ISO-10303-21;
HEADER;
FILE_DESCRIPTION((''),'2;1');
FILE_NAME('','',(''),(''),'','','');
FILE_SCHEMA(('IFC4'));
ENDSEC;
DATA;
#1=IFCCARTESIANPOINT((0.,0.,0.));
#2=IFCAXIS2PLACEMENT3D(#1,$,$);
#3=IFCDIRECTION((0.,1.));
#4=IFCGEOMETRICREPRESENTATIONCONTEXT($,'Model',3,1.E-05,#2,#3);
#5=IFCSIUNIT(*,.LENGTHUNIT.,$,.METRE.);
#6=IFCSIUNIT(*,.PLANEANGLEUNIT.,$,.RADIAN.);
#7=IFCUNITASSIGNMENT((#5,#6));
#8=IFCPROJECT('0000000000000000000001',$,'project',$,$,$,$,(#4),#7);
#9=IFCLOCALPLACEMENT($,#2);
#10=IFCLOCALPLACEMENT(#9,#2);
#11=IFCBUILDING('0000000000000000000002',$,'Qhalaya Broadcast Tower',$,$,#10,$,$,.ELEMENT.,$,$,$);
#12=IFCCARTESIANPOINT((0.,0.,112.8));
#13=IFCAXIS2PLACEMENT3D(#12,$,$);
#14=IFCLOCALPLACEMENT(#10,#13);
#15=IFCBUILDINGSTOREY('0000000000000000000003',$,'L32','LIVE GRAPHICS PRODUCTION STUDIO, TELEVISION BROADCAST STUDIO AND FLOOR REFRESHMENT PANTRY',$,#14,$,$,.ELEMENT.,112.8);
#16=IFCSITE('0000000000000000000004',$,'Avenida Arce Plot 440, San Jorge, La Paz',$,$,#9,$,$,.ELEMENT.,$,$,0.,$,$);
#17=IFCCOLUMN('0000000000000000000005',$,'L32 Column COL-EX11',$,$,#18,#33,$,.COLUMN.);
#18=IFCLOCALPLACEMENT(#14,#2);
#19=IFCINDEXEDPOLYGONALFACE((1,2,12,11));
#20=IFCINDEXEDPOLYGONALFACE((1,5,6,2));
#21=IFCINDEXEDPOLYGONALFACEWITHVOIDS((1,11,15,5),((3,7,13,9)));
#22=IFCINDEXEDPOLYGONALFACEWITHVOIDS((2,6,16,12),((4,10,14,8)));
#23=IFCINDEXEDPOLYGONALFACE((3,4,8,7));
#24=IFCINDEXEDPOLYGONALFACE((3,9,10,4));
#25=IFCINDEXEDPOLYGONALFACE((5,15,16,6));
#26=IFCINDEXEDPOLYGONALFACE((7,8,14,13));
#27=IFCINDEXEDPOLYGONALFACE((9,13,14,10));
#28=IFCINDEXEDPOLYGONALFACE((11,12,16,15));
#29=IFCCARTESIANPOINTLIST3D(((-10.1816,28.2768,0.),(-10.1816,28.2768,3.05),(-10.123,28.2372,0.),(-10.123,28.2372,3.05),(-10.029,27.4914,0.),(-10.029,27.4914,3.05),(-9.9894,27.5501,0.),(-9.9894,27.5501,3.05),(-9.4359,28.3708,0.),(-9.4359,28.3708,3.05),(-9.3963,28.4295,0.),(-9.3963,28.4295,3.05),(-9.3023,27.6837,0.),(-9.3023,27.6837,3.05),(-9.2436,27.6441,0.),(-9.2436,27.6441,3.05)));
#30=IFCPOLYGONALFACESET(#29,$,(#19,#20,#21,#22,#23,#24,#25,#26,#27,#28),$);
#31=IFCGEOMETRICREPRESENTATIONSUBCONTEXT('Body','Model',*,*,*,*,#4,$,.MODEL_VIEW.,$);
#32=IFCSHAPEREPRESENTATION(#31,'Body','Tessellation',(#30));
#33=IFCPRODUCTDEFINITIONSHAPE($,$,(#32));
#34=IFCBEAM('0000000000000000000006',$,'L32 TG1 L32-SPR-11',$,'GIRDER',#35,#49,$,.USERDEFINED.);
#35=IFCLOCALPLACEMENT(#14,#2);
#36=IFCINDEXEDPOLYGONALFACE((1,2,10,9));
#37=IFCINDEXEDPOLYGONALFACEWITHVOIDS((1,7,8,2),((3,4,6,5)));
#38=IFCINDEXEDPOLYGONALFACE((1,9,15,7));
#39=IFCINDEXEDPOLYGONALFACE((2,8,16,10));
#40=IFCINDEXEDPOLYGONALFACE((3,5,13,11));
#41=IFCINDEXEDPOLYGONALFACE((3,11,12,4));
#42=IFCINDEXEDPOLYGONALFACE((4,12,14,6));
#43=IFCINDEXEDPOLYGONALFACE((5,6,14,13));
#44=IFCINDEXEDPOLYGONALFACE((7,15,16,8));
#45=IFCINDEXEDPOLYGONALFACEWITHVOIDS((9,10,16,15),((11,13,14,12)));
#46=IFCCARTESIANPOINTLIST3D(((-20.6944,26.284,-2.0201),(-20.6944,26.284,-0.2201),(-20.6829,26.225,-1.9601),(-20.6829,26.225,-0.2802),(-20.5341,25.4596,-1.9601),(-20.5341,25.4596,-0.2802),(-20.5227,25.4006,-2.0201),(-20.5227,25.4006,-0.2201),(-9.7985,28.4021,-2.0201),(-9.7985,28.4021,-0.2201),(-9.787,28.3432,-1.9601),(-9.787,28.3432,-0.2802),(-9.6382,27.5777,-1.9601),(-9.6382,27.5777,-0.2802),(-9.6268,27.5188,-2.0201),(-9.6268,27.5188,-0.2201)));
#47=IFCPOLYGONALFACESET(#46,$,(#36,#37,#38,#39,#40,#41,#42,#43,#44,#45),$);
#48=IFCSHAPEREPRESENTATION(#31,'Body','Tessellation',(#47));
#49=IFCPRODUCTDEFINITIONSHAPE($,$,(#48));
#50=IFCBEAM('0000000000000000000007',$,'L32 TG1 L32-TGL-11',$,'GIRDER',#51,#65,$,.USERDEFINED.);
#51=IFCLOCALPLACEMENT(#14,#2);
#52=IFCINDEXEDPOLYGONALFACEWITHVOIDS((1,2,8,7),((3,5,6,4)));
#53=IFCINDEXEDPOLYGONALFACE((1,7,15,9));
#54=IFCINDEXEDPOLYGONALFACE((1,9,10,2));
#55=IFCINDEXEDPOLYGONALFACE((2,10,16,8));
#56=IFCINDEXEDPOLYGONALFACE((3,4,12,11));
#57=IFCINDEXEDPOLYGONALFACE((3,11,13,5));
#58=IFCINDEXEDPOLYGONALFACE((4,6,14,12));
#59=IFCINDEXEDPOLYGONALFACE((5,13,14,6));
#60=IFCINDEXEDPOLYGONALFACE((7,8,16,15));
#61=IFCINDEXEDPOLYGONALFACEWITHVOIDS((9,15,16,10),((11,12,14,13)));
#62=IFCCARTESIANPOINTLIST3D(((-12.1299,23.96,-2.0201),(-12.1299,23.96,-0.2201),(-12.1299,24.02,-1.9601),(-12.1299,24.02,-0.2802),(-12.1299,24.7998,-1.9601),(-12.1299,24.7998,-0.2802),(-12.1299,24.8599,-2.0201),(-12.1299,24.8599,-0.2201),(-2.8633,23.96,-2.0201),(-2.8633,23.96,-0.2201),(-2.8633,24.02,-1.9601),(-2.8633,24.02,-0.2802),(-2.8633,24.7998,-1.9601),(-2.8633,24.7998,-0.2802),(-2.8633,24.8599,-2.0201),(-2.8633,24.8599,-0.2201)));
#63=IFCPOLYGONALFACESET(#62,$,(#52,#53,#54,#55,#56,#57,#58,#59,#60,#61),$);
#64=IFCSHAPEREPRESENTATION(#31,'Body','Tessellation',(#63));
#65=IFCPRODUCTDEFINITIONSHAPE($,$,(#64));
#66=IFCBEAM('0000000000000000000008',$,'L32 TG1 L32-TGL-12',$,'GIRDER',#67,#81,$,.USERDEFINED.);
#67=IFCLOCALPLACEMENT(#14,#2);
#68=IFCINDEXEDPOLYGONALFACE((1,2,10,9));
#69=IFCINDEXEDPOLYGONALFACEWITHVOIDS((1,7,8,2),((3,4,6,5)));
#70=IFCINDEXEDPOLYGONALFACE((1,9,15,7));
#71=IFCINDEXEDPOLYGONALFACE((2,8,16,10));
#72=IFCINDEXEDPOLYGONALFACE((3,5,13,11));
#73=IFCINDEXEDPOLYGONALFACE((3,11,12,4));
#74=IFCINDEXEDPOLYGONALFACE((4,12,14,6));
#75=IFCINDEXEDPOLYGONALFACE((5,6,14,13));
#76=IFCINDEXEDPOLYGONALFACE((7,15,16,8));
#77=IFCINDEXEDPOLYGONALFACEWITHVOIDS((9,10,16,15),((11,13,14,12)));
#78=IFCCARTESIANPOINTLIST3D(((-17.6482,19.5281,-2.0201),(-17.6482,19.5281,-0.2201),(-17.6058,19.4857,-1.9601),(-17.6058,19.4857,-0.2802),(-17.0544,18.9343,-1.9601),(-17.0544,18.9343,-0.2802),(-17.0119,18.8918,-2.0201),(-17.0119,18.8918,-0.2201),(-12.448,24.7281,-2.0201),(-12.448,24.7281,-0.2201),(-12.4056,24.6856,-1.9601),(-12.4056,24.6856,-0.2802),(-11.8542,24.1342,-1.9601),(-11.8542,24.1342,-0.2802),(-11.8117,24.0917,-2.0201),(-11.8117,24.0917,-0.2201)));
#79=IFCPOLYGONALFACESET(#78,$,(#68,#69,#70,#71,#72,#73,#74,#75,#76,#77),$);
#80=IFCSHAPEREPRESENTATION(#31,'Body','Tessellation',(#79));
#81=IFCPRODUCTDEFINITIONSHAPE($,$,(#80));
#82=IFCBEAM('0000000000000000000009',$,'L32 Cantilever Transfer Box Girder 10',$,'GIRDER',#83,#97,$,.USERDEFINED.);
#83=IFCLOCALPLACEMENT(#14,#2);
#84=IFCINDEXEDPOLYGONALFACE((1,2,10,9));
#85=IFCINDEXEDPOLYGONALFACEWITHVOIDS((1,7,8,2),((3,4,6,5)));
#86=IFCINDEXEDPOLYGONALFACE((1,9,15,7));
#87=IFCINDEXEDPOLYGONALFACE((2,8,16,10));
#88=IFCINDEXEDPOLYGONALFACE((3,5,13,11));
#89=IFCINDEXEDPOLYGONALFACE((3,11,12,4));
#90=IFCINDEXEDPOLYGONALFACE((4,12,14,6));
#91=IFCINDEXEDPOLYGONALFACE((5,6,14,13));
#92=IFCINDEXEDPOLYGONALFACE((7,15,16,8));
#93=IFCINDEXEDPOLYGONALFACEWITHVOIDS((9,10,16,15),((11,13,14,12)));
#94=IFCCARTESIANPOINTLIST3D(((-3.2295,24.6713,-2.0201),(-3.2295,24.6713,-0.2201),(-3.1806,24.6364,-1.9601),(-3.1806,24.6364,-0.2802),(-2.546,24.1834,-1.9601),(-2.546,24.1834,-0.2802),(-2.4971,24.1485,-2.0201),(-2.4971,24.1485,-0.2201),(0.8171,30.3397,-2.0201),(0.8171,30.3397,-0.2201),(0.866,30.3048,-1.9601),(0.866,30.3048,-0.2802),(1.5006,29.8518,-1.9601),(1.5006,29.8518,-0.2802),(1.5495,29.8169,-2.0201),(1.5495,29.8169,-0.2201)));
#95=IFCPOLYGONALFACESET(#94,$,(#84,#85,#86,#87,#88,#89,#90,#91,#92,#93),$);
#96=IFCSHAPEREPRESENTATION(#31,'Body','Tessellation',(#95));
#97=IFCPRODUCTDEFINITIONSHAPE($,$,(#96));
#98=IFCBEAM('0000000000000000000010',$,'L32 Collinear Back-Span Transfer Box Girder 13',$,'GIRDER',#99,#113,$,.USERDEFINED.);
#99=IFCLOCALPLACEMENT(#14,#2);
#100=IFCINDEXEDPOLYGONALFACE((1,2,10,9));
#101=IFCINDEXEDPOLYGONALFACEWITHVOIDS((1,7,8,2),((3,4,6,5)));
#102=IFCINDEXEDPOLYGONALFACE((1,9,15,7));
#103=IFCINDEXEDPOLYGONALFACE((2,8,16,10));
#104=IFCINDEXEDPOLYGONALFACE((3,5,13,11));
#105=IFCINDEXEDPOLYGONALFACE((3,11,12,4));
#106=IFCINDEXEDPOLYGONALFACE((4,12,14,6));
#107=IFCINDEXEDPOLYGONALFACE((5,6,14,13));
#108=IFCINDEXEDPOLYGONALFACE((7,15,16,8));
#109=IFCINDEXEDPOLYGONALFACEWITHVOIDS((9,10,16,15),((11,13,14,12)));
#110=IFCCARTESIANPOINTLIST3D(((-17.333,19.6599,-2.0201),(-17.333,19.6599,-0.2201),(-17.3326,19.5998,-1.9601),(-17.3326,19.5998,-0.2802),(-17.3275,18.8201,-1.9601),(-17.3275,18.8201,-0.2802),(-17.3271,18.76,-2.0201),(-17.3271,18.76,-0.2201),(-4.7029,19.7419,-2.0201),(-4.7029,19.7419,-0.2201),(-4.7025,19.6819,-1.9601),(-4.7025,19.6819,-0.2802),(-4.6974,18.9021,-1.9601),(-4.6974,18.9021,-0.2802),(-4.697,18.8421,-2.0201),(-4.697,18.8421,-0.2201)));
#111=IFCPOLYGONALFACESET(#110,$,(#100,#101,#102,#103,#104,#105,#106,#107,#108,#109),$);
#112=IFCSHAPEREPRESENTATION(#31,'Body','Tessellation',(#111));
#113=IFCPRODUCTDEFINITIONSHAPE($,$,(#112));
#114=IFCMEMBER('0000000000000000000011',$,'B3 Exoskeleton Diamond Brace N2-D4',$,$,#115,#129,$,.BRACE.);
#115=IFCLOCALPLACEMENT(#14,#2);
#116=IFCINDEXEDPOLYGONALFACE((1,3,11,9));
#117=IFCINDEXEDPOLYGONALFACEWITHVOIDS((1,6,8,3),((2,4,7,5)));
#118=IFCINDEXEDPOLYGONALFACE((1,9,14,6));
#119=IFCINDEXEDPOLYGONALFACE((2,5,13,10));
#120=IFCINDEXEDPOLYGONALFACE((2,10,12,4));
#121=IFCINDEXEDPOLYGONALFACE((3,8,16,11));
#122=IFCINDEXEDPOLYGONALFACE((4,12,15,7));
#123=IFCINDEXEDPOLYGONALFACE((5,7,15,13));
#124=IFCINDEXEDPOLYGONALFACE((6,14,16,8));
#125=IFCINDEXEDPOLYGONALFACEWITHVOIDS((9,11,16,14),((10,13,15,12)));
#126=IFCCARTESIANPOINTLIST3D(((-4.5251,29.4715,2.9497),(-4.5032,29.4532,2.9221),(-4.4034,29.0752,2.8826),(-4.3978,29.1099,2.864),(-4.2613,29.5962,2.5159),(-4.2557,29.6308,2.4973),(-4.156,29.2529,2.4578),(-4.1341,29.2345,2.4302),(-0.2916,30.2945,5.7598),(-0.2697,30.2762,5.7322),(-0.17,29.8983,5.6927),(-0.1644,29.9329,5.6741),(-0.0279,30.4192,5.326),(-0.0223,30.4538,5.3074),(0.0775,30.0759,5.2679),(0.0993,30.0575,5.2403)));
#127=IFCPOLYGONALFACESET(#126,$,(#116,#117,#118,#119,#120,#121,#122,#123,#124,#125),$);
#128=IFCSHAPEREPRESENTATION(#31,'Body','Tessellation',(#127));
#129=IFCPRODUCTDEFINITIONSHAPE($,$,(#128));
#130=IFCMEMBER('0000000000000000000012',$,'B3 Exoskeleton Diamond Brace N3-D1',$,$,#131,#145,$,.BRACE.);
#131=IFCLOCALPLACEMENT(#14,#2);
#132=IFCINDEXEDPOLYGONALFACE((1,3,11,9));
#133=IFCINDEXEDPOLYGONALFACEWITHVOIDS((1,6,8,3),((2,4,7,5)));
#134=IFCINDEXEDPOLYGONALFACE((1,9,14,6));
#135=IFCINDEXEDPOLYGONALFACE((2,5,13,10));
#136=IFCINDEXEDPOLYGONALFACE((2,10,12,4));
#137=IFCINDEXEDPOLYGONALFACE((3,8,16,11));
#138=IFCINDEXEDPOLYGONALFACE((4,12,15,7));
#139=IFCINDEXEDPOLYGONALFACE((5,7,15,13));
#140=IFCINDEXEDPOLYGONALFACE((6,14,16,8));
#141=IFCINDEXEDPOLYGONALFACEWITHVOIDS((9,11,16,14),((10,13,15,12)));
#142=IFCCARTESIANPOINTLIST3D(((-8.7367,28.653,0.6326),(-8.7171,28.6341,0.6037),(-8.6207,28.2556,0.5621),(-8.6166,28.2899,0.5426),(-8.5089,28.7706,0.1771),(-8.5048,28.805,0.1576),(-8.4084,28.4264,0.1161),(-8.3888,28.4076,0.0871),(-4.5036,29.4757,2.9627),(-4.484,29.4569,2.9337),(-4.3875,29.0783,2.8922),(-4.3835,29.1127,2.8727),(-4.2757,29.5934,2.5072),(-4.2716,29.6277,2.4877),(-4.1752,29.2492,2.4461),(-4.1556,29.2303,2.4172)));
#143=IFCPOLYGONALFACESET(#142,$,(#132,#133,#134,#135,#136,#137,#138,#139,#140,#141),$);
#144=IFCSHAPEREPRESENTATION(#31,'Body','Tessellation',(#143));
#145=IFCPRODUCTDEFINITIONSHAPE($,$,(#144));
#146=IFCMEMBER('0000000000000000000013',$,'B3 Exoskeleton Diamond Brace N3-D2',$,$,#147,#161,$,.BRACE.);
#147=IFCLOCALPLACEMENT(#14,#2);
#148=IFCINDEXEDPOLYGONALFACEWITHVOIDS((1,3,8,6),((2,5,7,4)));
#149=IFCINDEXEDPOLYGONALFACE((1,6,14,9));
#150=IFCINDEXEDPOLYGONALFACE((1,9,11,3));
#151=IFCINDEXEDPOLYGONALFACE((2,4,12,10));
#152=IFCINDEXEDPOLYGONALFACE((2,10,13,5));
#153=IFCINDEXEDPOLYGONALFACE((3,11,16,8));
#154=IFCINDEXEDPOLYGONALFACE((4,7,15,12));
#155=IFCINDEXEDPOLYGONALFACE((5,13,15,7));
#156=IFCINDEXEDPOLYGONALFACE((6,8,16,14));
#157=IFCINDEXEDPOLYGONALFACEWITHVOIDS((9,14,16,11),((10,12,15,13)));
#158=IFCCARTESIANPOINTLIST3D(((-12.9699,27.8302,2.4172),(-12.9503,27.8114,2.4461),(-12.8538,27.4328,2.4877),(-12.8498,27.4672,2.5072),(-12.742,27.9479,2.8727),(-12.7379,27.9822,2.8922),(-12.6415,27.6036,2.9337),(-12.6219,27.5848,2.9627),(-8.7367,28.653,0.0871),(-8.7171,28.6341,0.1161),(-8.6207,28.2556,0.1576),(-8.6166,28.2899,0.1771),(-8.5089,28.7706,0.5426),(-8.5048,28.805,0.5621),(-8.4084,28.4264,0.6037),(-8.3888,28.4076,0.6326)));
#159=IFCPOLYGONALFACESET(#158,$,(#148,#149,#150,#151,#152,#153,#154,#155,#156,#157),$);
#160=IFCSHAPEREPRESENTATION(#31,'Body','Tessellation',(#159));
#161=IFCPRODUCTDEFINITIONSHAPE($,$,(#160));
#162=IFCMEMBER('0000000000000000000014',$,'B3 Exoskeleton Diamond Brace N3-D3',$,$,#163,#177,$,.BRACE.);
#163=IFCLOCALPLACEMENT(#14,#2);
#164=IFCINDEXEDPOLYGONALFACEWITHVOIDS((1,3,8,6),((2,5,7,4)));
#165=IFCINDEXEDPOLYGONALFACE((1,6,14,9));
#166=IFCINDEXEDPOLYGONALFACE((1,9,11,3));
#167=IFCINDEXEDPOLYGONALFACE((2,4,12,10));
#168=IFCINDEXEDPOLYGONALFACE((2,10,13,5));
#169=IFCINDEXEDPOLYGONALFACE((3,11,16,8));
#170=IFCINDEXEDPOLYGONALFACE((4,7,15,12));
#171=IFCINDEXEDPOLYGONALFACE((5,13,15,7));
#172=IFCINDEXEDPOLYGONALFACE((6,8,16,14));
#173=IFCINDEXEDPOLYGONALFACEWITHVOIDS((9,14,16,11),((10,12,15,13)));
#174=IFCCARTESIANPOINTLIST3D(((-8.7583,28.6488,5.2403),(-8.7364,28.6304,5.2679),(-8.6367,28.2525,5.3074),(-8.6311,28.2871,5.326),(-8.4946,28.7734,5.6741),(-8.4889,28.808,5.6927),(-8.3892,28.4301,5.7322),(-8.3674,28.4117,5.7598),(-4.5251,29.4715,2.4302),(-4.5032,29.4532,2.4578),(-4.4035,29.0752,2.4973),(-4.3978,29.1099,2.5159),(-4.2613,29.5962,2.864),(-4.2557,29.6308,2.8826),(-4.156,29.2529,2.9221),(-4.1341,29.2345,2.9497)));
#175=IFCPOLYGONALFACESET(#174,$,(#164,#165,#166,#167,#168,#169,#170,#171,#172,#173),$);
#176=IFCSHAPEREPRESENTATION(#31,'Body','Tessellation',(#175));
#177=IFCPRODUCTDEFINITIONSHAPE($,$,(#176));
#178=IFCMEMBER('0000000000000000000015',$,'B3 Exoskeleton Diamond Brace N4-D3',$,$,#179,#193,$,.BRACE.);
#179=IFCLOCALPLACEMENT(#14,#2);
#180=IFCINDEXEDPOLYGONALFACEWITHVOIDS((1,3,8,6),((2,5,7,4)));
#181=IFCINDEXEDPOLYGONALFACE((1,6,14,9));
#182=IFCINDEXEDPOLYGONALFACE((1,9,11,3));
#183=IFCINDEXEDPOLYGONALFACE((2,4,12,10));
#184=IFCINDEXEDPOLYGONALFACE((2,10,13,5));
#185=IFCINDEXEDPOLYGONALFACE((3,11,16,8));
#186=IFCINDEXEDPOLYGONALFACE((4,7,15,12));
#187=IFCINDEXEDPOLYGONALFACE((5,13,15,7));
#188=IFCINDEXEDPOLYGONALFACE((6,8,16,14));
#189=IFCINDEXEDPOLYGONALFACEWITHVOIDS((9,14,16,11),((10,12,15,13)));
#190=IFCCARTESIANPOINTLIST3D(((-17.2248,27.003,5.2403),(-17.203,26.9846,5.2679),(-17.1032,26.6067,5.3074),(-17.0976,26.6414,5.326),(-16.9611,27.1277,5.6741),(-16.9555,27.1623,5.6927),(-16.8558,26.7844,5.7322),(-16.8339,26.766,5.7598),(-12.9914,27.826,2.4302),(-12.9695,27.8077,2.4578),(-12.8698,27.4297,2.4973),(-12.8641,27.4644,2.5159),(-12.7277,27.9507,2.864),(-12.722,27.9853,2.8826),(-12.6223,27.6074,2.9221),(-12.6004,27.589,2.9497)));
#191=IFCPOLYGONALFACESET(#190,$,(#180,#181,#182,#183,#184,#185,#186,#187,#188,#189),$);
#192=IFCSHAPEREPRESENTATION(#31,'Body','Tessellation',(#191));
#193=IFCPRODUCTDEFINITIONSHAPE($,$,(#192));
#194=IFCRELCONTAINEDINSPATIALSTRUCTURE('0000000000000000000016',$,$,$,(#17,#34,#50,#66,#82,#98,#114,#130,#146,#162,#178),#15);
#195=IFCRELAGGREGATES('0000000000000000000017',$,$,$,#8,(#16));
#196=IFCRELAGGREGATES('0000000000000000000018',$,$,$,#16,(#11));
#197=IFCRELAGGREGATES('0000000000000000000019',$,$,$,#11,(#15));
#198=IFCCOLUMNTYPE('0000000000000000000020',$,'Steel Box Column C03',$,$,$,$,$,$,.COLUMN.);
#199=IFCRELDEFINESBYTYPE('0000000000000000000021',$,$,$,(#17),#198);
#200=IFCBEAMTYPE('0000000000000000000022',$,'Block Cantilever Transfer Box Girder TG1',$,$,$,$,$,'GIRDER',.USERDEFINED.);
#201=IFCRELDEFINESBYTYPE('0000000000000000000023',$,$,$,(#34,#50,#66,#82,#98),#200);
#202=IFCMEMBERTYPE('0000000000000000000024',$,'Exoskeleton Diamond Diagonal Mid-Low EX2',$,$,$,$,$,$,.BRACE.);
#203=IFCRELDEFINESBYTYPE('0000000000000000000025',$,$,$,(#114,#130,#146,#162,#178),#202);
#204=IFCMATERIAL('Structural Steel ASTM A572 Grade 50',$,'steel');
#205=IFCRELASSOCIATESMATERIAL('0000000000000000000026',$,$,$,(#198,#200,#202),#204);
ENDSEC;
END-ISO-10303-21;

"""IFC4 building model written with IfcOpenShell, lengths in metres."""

from ifc_helpers import new_model, si_unit, direction, frame, origin, origin_2d, place, context, subcontext, project, spatial, hollow_rectangle, extrude, material, material_profile, profile_set, type_object, element, save


model = new_model("IFC4")

# Units and contexts
model_context = context("Model", 3, precision=1e-05, world=origin(), true_north=direction((0.0, 1.0)))
body_context = subcontext(model_context, "Body", "Model", "MODEL_VIEW")
ifc_project = project(units=[si_unit("LENGTHUNIT", "METRE"), si_unit("PLANEANGLEUNIT", "RADIAN")], contexts=[model_context])

# Site, building, storey
site_placement = place(None, origin())
site = spatial("IfcSite", under=ifc_project, at=site_placement, Name="Avenida Arce Plot 440, San Jorge, La Paz", CompositionType="ELEMENT", RefElevation=0.0)
building_placement = place(site_placement, origin())
building = spatial("IfcBuilding", under=site, at=building_placement, Name="Qhalaya Broadcast Tower", CompositionType="ELEMENT")
storey_placement = place(building_placement, frame((0.0, 0.0, 112.8)))
storey = spatial("IfcBuildingStorey", under=building, at=storey_placement, Name="L32", Description="LIVE GRAPHICS PRODUCTION STUDIO, TELEVISION BROADCAST STUDIO AND FLOOR REFRESHMENT PANTRY", CompositionType="ELEMENT", Elevation=112.8)

# Column
ifc_material_1 = material(Name="Structural Steel ASTM A572 Grade 50", Category="steel")
ifc_material_profile_1 = material_profile(ifc_material_1, hollow_rectangle(XDim=0.8, YDim=0.8, WallThickness=0.05, at=origin_2d()), Name="BOX 800x800x50")
ifc_profile_set_1 = profile_set([ifc_material_profile_1], Name="Structural Steel ASTM A572 Grade 50")
column_type = type_object("IfcColumnType", Name="Steel Box Column C03", PredefinedType="COLUMN", material=ifc_profile_set_1)
column_placement = place(storey_placement, frame((-9.7126, 27.9604, 0.0), z_axis=(0.0, 0.0, 1.0), x_axis=(0.981627, 0.190809, 0.0)))
element("IfcColumn", 1, at=column_placement, inside=storey, type_object=column_type, Name="L32 Column COL-EX11", PredefinedType="COLUMN", context=body_context, shape_type="SweptSolid", body=[
    extrude(hollow_rectangle(XDim=0.8, YDim=0.8, WallThickness=0.05, at=origin_2d()), origin(), (0.0, 0.0, 1.0), 3.05),
])

# Beams
ifc_material_profile_2 = material_profile(ifc_material_1, hollow_rectangle(XDim=0.8999, YDim=1.8, WallThickness=0.0601, at=origin_2d()), Name="BOX 900x1800x60")
ifc_profile_set_2 = profile_set([ifc_material_profile_2], Name="Structural Steel ASTM A572 Grade 50")
beam_type_1 = type_object("IfcBeamType", Name="Block Cantilever Transfer Box Girder TG1", ElementType="GIRDER", PredefinedType="USERDEFINED", material=ifc_profile_set_2)
beam_1_placement = place(storey_placement, frame((-9.7126, 27.9604, -1.1201), z_axis=(-0.981624, -0.190826, 0.0), x_axis=(0.190826, -0.981624, 0.0)))
element("IfcBeam", 2, at=beam_1_placement, inside=storey, type_object=beam_type_1, Name="L32 TG1 L32-SPR-11", ObjectType="GIRDER", PredefinedType="USERDEFINED", context=body_context, shape_type="SweptSolid", body=[
    extrude(hollow_rectangle(XDim=0.8999, YDim=1.8, WallThickness=0.0601, at=origin_2d()), origin(), (0.0, 0.0, 1.0), 11.0999),
])
beam_2_placement = place(storey_placement, frame((-2.8633, 24.4099, -1.1201), z_axis=(-1.0, 0.0, 0.0), x_axis=(0.0, -1.0, 0.0)))
element("IfcBeam", 3, at=beam_2_placement, inside=storey, type_object=beam_type_1, Name="L32 TG1 L32-TGL-11", ObjectType="GIRDER", PredefinedType="USERDEFINED", context=body_context, shape_type="SweptSolid", body=[
    extrude(hollow_rectangle(XDim=0.8999, YDim=1.8, WallThickness=0.0601, at=origin_2d()), origin(), (0.0, 0.0, 1.0), 9.2666),
])
beam_3_placement = place(storey_placement, frame((-12.1299, 24.4099, -1.1201), z_axis=(-0.707123, -0.70709, 0.0), x_axis=(0.70709, -0.707123, 0.0)))
element("IfcBeam", 4, at=beam_3_placement, inside=storey, type_object=beam_type_1, Name="L32 TG1 L32-TGL-12", ObjectType="GIRDER", PredefinedType="USERDEFINED", context=body_context, shape_type="SweptSolid", body=[
    extrude(hollow_rectangle(XDim=0.8999, YDim=1.8, WallThickness=0.0601, at=origin_2d()), origin(), (0.0, 0.0, 1.0), 7.354),
])
beam_4_placement = place(storey_placement, frame((-2.8633, 24.4099, -1.1201), z_axis=(0.581023, 0.813887, 0.0), x_axis=(-0.813887, 0.581023, 0.0)))
element("IfcBeam", 5, at=beam_4_placement, inside=storey, type_object=beam_type_1, Name="L32 Cantilever Transfer Box Girder 10", ObjectType="GIRDER", PredefinedType="USERDEFINED", context=body_context, shape_type="SweptSolid", body=[
    extrude(hollow_rectangle(XDim=0.8999, YDim=1.8, WallThickness=0.0601, at=origin_2d()), origin(), (0.0, 0.0, 1.0), 6.9646),
])
beam_5_placement = place(storey_placement, frame((-4.7, 19.292, -1.1201), z_axis=(-0.999979, -0.006495, 0.0), x_axis=(0.006495, -0.999979, 0.0)))
element("IfcBeam", 6, at=beam_5_placement, inside=storey, type_object=beam_type_1, Name="L32 Collinear Back-Span Transfer Box Girder 13", ObjectType="GIRDER", PredefinedType="USERDEFINED", context=body_context, shape_type="SweptSolid", body=[
    extrude(hollow_rectangle(XDim=0.8999, YDim=1.8, WallThickness=0.0601, at=origin_2d()), origin(), (0.0, 0.0, 1.0), 12.6304),
])

# Members
ifc_material_profile_3 = material_profile(ifc_material_1, hollow_rectangle(XDim=0.4199, YDim=0.55, WallThickness=0.0281, at=origin_2d()), Name="BOX 420x550x28")
ifc_profile_set_3 = profile_set([ifc_material_profile_3], Name="Structural Steel ASTM A572 Grade 50")
member_type = type_object("IfcMemberType", Name="Exoskeleton Diamond Diagonal Mid-Low EX2", PredefinedType="BRACE", material=ifc_profile_set_3)
member_1_placement = place(storey_placement, frame((-4.3296, 29.353, 2.6899), z_axis=(0.822439, 0.159887, 0.545921), x_axis=(-0.28958, 0.943709, 0.159867)))
element("IfcMember", 7, at=member_1_placement, inside=storey, type_object=member_type, Name="B3 Exoskeleton Diamond Brace N2-D4", PredefinedType="BRACE", context=body_context, shape_type="SweptSolid", body=[
    extrude(hollow_rectangle(XDim=0.4199, YDim=0.55, WallThickness=0.0281, at=origin_2d()), origin(), (0.0, 0.0, 1.0), 5.1475),
])
for number, where, z_axis, x_axis, name in (
    (8, (-8.5627, 28.5303, 0.3599), (0.863625, 0.167854, 0.47537), (-0.276323, 0.94629, 0.167871), "B3 Exoskeleton Diamond Brace N3-D1"),
    (9, (-8.5627, 28.5303, 0.3599), (-0.863625, -0.167854, 0.47537), (0.276323, -0.94629, 0.167871), "B3 Exoskeleton Diamond Brace N3-D2"),
):
    element("IfcMember", number, at=place(storey_placement, frame(where, z_axis=z_axis, x_axis=x_axis)), inside=storey, type_object=member_type, Name=name, PredefinedType="BRACE", context=body_context, shape_type="SweptSolid", body=[
        extrude(hollow_rectangle(XDim=0.4199, YDim=0.55, WallThickness=0.0281, at=origin_2d()), origin(), (0.0, 0.0, 1.0), 4.9016),
    ])
member_2_placement = place(storey_placement, frame((-4.3296, 29.353, 2.6899), z_axis=(-0.82243, -0.159847, 0.545947), x_axis=(0.289542, -0.943721, 0.159864)))
element("IfcMember", 10, at=member_2_placement, inside=storey, type_object=member_type, Name="B3 Exoskeleton Diamond Brace N3-D3", PredefinedType="BRACE", context=body_context, shape_type="SweptSolid", body=[
    extrude(hollow_rectangle(XDim=0.4199, YDim=0.55, WallThickness=0.0281, at=origin_2d()), origin(), (0.0, 0.0, 1.0), 5.1472),
])
member_3_placement = place(storey_placement, frame((-12.7959, 27.7075, 2.6899), z_axis=(-0.822439, -0.159887, 0.545921), x_axis=(0.28958, -0.943709, 0.159867)))
element("IfcMember", 11, at=member_3_placement, inside=storey, type_object=member_type, Name="B3 Exoskeleton Diamond Brace N4-D3", PredefinedType="BRACE", context=body_context, shape_type="SweptSolid", body=[
    extrude(hollow_rectangle(XDim=0.4199, YDim=0.55, WallThickness=0.0281, at=origin_2d()), origin(), (0.0, 0.0, 1.0), 5.1475),
])

save(model, "model.ifc")
